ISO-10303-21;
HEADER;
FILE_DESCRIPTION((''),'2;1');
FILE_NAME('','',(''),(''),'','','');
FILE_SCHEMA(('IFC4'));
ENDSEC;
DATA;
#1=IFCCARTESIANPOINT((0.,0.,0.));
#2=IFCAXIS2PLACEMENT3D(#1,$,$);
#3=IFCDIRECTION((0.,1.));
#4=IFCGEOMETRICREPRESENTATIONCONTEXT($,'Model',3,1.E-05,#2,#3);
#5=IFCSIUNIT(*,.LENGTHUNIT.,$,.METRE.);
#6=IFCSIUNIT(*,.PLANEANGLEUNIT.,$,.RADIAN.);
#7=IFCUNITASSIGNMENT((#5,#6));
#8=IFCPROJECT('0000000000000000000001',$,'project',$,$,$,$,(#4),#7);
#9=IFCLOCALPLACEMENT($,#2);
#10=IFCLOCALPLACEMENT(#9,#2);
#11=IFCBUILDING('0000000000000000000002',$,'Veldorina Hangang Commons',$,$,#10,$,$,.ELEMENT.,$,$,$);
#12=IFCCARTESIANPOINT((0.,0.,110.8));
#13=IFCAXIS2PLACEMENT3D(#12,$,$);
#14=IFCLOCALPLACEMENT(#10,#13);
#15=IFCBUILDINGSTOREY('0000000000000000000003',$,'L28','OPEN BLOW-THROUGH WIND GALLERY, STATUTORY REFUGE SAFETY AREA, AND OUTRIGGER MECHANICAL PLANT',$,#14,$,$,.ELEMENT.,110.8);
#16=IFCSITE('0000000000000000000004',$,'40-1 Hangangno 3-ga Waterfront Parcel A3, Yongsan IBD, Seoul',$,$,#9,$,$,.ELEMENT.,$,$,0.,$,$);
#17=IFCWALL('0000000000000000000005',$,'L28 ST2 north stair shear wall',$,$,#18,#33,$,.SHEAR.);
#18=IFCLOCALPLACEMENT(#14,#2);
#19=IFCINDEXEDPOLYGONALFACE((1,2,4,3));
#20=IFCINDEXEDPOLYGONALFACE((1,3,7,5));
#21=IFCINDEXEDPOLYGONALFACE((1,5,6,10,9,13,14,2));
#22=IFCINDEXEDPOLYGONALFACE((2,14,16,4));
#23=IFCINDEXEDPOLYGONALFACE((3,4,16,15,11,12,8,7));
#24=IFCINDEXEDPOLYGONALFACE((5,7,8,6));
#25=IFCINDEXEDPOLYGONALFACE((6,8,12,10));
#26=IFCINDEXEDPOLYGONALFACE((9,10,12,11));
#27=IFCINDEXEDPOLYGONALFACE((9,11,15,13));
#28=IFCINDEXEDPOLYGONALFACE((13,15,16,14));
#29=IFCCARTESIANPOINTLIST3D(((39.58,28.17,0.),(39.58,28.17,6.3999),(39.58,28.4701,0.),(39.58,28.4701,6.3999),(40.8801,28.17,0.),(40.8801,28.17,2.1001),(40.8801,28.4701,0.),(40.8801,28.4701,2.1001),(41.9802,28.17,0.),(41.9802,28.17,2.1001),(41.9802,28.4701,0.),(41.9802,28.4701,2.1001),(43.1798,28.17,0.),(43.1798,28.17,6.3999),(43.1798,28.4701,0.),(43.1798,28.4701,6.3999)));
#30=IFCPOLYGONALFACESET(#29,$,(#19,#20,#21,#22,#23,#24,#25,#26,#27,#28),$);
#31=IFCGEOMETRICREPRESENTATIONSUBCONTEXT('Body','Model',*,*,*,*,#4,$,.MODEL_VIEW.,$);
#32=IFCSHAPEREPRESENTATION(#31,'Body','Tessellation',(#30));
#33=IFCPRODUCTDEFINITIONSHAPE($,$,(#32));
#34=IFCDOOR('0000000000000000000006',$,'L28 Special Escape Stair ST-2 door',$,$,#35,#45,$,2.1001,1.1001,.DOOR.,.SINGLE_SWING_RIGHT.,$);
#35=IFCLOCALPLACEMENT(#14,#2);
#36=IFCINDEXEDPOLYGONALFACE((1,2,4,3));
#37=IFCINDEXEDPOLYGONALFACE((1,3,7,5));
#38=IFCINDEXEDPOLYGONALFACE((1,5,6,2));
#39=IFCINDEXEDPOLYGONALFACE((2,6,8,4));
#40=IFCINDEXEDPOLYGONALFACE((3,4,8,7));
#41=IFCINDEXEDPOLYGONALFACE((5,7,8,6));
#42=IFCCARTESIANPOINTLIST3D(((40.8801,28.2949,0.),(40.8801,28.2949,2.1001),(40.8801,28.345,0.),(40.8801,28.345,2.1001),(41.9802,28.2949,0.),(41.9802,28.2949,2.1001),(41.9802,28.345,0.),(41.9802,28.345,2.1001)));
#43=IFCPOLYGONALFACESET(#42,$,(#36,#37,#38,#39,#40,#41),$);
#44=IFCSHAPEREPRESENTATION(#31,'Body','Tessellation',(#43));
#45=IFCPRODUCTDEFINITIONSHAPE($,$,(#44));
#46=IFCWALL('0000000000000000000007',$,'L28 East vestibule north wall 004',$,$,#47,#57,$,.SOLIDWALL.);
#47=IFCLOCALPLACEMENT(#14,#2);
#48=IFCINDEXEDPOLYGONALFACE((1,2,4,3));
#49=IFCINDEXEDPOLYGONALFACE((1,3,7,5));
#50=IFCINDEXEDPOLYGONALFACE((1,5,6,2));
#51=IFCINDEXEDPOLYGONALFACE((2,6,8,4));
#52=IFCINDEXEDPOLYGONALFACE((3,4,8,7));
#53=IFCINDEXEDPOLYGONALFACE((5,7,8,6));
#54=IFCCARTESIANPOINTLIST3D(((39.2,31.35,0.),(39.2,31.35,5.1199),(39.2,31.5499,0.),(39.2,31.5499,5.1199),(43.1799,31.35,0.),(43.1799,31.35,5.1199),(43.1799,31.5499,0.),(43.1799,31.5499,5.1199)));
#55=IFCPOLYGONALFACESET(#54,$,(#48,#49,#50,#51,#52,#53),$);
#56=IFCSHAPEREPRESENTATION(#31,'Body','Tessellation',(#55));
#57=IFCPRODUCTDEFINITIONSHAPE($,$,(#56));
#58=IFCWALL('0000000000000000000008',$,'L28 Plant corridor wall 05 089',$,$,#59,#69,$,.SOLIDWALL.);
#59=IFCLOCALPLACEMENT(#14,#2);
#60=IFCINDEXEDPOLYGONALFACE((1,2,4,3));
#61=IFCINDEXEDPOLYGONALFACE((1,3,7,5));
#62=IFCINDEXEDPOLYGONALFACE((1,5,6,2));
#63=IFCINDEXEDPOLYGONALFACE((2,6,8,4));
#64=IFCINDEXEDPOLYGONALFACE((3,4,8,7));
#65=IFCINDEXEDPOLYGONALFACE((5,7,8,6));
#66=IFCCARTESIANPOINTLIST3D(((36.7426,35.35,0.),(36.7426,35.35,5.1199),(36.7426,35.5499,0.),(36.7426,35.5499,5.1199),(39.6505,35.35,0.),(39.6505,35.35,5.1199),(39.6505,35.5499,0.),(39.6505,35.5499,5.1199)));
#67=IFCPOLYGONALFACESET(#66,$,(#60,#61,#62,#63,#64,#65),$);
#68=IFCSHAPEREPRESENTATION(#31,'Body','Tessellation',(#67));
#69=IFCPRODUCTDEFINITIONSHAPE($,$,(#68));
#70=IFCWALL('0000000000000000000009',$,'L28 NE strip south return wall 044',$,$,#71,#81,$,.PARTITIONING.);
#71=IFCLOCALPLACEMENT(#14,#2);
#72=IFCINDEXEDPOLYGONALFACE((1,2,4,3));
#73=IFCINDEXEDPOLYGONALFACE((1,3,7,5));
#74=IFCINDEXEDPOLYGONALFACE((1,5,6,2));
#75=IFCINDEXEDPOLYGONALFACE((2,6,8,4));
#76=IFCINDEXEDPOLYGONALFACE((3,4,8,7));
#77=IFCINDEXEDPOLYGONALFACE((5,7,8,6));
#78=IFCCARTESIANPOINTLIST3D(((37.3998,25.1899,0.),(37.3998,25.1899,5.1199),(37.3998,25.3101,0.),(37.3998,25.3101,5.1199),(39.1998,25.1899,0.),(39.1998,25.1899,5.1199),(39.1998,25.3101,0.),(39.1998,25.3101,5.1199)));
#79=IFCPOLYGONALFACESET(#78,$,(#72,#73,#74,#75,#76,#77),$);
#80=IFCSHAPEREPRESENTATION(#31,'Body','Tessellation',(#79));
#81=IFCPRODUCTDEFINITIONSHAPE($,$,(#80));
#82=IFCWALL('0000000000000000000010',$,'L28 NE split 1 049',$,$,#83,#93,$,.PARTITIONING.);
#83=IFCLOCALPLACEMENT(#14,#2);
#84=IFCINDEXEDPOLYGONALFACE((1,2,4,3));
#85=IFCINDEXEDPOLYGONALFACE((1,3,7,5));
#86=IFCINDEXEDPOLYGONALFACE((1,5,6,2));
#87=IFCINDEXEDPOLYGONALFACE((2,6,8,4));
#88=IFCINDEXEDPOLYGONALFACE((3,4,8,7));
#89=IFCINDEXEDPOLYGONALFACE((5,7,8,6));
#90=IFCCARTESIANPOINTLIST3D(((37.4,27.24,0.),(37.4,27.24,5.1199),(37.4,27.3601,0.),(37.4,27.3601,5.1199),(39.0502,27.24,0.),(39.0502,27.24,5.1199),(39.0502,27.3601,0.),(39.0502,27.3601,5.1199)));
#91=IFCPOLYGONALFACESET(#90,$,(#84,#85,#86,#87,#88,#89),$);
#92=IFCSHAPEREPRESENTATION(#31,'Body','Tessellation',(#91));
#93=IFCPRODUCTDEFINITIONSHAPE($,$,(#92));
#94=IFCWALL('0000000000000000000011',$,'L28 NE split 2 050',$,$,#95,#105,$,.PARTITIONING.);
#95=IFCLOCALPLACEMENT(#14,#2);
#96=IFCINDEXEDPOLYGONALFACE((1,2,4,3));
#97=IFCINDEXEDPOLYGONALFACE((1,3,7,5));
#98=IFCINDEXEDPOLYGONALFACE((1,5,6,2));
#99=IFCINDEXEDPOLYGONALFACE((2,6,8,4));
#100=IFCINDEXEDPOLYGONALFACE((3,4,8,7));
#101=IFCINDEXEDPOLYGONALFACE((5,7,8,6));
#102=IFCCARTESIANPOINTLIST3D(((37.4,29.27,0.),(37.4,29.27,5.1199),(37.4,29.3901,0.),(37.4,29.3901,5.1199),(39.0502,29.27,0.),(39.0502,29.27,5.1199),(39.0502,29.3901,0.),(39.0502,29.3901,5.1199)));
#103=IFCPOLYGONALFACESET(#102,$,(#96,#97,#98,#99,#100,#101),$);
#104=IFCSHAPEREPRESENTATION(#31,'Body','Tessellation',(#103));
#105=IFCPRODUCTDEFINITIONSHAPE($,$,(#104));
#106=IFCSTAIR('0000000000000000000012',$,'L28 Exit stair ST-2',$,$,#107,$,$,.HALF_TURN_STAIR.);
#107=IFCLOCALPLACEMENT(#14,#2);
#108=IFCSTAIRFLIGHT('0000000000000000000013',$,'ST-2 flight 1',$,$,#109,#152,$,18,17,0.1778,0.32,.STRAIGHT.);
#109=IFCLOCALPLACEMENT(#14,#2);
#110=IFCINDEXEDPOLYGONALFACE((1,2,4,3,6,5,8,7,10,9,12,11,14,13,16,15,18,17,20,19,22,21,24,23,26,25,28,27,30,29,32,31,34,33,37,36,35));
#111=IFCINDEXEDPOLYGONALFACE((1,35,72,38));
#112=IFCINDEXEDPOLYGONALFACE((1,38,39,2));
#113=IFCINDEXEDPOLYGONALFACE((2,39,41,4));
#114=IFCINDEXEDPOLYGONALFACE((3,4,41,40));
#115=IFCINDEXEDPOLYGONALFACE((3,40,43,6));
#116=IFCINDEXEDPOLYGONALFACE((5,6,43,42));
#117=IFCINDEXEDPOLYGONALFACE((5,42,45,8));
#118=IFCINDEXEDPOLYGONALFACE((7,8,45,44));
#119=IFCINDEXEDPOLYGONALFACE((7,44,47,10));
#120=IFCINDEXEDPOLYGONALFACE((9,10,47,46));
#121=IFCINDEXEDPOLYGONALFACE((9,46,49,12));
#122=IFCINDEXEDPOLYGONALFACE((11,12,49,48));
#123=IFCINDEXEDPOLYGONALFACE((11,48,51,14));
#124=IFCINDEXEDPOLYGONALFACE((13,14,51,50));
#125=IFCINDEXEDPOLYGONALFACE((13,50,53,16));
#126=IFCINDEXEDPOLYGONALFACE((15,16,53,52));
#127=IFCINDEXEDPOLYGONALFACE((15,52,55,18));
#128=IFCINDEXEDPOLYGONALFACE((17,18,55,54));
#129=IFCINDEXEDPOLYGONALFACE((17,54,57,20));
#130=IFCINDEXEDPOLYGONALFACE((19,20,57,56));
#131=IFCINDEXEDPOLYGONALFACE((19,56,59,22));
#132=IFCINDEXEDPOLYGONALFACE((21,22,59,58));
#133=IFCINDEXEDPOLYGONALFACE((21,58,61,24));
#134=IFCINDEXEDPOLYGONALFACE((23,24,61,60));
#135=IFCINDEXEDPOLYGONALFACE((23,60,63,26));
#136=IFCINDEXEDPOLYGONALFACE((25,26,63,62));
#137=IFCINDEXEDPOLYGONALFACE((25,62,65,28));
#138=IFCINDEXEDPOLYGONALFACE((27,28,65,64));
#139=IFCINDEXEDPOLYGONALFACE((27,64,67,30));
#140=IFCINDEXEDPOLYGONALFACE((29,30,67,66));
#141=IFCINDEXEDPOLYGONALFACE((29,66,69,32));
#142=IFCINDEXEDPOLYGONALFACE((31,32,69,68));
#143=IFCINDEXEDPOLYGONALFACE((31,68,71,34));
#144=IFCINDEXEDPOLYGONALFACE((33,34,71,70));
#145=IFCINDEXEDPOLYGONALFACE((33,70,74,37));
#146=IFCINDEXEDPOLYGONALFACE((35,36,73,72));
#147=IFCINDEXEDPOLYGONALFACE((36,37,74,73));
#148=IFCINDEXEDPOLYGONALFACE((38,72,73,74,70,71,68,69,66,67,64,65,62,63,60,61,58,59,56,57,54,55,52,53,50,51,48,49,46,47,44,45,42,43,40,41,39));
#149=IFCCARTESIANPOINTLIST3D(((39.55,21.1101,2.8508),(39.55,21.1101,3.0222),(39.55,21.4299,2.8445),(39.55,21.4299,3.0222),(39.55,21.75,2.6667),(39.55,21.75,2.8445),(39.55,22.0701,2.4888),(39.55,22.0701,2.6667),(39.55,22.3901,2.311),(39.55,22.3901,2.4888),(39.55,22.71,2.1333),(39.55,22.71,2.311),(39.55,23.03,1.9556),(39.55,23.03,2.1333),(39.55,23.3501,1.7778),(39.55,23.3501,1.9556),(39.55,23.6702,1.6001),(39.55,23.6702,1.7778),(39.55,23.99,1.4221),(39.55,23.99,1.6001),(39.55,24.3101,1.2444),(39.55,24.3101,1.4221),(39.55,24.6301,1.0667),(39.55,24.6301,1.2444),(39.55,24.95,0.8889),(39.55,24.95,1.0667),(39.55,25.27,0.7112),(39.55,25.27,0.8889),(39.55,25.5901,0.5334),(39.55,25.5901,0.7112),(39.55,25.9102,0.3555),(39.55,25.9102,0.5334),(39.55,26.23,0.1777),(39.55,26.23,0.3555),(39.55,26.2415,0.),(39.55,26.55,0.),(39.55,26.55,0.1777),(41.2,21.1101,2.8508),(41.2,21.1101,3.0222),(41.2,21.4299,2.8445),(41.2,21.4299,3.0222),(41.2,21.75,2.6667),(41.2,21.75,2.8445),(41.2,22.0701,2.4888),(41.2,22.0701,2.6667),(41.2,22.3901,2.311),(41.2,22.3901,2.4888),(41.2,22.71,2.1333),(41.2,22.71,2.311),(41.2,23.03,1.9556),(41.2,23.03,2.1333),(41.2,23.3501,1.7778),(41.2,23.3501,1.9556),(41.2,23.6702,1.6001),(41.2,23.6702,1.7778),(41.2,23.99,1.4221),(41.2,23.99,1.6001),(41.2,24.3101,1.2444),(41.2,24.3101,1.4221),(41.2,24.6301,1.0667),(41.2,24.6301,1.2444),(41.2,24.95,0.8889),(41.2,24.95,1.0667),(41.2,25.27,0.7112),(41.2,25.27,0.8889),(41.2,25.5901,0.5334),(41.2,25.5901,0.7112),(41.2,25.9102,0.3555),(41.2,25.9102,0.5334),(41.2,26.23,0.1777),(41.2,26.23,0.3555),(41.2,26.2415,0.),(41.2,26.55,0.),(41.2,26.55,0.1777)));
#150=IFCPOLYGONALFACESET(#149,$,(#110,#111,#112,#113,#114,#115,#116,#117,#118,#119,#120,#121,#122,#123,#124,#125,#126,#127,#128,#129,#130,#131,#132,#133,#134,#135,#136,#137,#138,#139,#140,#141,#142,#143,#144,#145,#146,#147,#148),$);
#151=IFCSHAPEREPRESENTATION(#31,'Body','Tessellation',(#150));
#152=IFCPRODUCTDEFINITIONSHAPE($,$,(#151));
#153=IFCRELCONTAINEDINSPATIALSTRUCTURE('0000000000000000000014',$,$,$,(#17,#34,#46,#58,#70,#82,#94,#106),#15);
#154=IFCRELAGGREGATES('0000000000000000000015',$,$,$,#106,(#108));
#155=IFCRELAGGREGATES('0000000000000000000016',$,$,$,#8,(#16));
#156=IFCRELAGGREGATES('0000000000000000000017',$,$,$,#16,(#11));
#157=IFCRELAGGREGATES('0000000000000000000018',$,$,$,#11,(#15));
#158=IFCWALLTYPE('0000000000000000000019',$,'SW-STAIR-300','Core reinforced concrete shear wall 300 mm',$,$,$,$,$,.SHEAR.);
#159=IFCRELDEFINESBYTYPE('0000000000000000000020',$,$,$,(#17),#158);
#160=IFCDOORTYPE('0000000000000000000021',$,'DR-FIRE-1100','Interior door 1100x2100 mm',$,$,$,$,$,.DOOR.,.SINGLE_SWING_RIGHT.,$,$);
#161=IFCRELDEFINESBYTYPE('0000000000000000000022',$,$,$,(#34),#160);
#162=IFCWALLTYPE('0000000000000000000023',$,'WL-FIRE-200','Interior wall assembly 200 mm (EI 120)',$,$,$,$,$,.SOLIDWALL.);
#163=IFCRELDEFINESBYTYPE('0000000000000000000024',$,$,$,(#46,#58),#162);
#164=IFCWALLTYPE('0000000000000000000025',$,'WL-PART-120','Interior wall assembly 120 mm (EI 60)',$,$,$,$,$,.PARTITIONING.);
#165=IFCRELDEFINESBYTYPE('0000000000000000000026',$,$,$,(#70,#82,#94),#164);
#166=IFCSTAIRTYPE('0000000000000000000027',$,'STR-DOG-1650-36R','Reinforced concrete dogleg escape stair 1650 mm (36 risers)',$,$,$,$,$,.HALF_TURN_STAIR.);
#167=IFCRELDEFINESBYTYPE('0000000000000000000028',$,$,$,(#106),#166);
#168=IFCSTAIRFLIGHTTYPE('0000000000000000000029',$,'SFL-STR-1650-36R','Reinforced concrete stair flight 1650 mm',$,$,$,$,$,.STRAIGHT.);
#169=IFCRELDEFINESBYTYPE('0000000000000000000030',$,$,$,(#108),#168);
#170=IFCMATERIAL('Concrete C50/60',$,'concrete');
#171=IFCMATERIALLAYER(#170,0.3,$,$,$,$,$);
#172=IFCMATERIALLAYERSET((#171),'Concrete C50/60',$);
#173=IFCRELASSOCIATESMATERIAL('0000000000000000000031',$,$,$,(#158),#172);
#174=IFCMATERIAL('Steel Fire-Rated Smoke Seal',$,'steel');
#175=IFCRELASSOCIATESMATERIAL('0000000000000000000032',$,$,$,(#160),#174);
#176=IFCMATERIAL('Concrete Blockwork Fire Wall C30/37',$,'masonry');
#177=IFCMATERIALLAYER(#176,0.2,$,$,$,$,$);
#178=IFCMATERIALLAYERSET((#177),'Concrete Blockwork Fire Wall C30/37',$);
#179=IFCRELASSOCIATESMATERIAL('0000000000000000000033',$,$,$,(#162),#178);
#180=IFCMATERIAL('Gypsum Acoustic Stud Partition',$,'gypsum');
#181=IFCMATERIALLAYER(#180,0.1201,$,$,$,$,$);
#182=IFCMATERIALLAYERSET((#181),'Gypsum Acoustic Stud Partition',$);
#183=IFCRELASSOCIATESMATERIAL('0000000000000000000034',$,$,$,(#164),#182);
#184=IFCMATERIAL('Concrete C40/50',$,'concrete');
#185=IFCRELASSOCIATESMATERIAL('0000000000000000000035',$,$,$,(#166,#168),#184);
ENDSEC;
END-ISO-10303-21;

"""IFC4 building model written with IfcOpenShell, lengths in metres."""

from ifc_helpers import new_model, si_unit, direction, frame, frame_2d, origin, place, context, subcontext, project, spatial, polyline, rectangle, outline, extrude, material, layer, layer_set, type_object, element, fill, aggregate, save


model = new_model("IFC4")

# Units and contexts
model_context = context("Model", 3, precision=1e-05, world=origin(), true_north=direction((0.0, 1.0)))
body_context = subcontext(model_context, "Body", "Model", "MODEL_VIEW")
ifc_project = project(units=[si_unit("LENGTHUNIT", "METRE"), si_unit("PLANEANGLEUNIT", "RADIAN")], contexts=[model_context])

# Site, building, storey
site_placement = place(None, origin())
site = spatial("IfcSite", under=ifc_project, at=site_placement, Name="40-1 Hangangno 3-ga Waterfront Parcel A3, Yongsan IBD, Seoul", CompositionType="ELEMENT", RefElevation=0.0)
building_placement = place(site_placement, origin())
building = spatial("IfcBuilding", under=site, at=building_placement, Name="Veldorina Hangang Commons", CompositionType="ELEMENT")
storey_placement = place(building_placement, frame((0.0, 0.0, 110.8)))
storey = spatial("IfcBuildingStorey", under=building, at=storey_placement, Name="L28", Description="OPEN BLOW-THROUGH WIND GALLERY, STATUTORY REFUGE SAFETY AREA, AND OUTRIGGER MECHANICAL PLANT", CompositionType="ELEMENT", Elevation=110.8)

# Wall, opening, door
ifc_material_1 = material(Name="Concrete C50/60", Category="concrete")
ifc_layer_1 = layer(ifc_material_1, 0.3)
ifc_layer_set_1 = layer_set([ifc_layer_1], Name="Concrete C50/60")
wall_type_1 = type_object("IfcWallType", Name="SW-STAIR-300", Description="Core reinforced concrete shear wall 300 mm", PredefinedType="SHEAR", material=ifc_layer_set_1)
wall_1_placement = place(storey_placement, frame((39.5801, 28.3201, 0.0), z_axis=(0.0, 0.0, 1.0), x_axis=(1.0, 0.0, 0.0)))
wall_1 = element("IfcWall", 1, at=wall_1_placement, inside=storey, type_object=wall_type_1, Name="L28 ST2 north stair shear wall", PredefinedType="SHEAR", context=body_context, shape_type="SweptSolid", body=[
    extrude(rectangle(XDim=3.5999, YDim=0.3, at=frame_2d((1.7998, 0.0))), origin(), (0.0, 0.0, 1.0), 6.3999),
])
opening_placement = place(wall_1_placement, frame((1.3, 0.0, 0.0)))
opening = element("IfcOpeningElement", 2, at=opening_placement, cuts=wall_1, PredefinedType="OPENING", context=body_context, shape_type="SweptSolid", body=[
    extrude(rectangle(XDim=1.1001, YDim=2.1001, at=frame_2d((0.55, 1.05))), frame((0.0, 0.1602, 0.0), z_axis=(0.0, -1.0, 0.0), x_axis=(1.0, 0.0, 0.0)), (0.0, 0.0, 1.0), 0.3201),
])
ifc_material_2 = material(Name="Steel Fire-Rated Smoke Seal", Category="steel")
door_type = type_object("IfcDoorType", Name="DR-FIRE-1100", Description="Interior door 1100x2100 mm", OperationType="SINGLE_SWING_RIGHT", PredefinedType="DOOR", material=ifc_material_2)
door_placement = place(opening_placement, origin())
door = element("IfcDoor", 3, at=door_placement, inside=storey, type_object=door_type, Name="L28 Special Escape Stair ST-2 door", OperationType="SINGLE_SWING_RIGHT", OverallHeight=2.1001, OverallWidth=1.1001, PredefinedType="DOOR", context=body_context, shape_type="SweptSolid", body=[
    extrude(rectangle(XDim=1.1001, YDim=2.1001, at=frame_2d((0.55, 1.05))), frame((0.0, 0.0249, 0.0), z_axis=(0.0, -1.0, 0.0), x_axis=(1.0, 0.0, 0.0)), (0.0, 0.0, 1.0), 0.05),
])
fill(opening, door)

# Walls
ifc_material_3 = material(Name="Concrete Blockwork Fire Wall C30/37", Category="masonry")
ifc_layer_2 = layer(ifc_material_3, 0.2)
ifc_layer_set_2 = layer_set([ifc_layer_2], Name="Concrete Blockwork Fire Wall C30/37")
wall_type_2 = type_object("IfcWallType", Name="WL-FIRE-200", Description="Interior wall assembly 200 mm (EI 120)", PredefinedType="SOLIDWALL", material=ifc_layer_set_2)
wall_2_placement = place(storey_placement, frame((39.2, 31.45, 0.0), z_axis=(0.0, 0.0, 1.0), x_axis=(1.0, 0.0, 0.0)))
element("IfcWall", 4, at=wall_2_placement, inside=storey, type_object=wall_type_2, Name="L28 East vestibule north wall 004", PredefinedType="SOLIDWALL", context=body_context, shape_type="SweptSolid", body=[
    extrude(rectangle(XDim=3.98, YDim=0.2, at=frame_2d((1.99, 0.0))), origin(), (0.0, 0.0, 1.0), 5.1199),
])
wall_3_placement = place(storey_placement, frame((39.6506, 35.45, 0.0), z_axis=(0.0, 0.0, 1.0), x_axis=(-1.0, 0.0, 0.0)))
element("IfcWall", 5, at=wall_3_placement, inside=storey, type_object=wall_type_2, Name="L28 Plant corridor wall 05 089", PredefinedType="SOLIDWALL", context=body_context, shape_type="SweptSolid", body=[
    extrude(rectangle(XDim=2.908, YDim=0.2, at=frame_2d((1.4541, 0.0))), origin(), (0.0, 0.0, 1.0), 5.1199),
])
ifc_material_4 = material(Name="Gypsum Acoustic Stud Partition", Category="gypsum")
ifc_layer_3 = layer(ifc_material_4, 0.1201)
ifc_layer_set_3 = layer_set([ifc_layer_3], Name="Gypsum Acoustic Stud Partition")
wall_type_3 = type_object("IfcWallType", Name="WL-PART-120", Description="Interior wall assembly 120 mm (EI 60)", PredefinedType="PARTITIONING", material=ifc_layer_set_3)
wall_4_placement = place(storey_placement, frame((37.3999, 25.25, 0.0), z_axis=(0.0, 0.0, 1.0), x_axis=(1.0, 0.0, 0.0)))
element("IfcWall", 6, at=wall_4_placement, inside=storey, type_object=wall_type_3, Name="L28 NE strip south return wall 044", PredefinedType="PARTITIONING", context=body_context, shape_type="SweptSolid", body=[
    extrude(rectangle(XDim=1.8, YDim=0.1201, at=frame_2d((0.8999, 0.0))), origin(), (0.0, 0.0, 1.0), 5.1199),
])
for number, where, z_axis, x_axis, name in (
    (7, (37.3999, 27.3, 0.0), (0.0, 0.0, 1.0), (1.0, 0.0, 0.0), "L28 NE split 1 049"),
    (8, (37.3999, 29.3301, 0.0), (0.0, 0.0, 1.0), (1.0, 0.0, 0.0), "L28 NE split 2 050"),
):
    element("IfcWall", number, at=place(storey_placement, frame(where, z_axis=z_axis, x_axis=x_axis)), inside=storey, type_object=wall_type_3, Name=name, PredefinedType="PARTITIONING", context=body_context, shape_type="SweptSolid", body=[
        extrude(rectangle(XDim=1.6501, YDim=0.1201, at=frame_2d((0.8252, 0.0))), origin(), (0.0, 0.0, 1.0), 5.1199),
    ])

# Stair, stair flight
ifc_material_5 = material(Name="Concrete C40/50", Category="concrete")
stair_type = type_object("IfcStairType", Name="STR-DOG-1650-36R", Description="Reinforced concrete dogleg escape stair 1650 mm (36 risers)", PredefinedType="HALF_TURN_STAIR", material=ifc_material_5)
stair_placement = place(storey_placement, origin())
stair = element("IfcStair", 9, at=stair_placement, inside=storey, type_object=stair_type, Name="L28 Exit stair ST-2", PredefinedType="HALF_TURN_STAIR")
stair_flight_type = type_object("IfcStairFlightType", Name="SFL-STR-1650-36R", Description="Reinforced concrete stair flight 1650 mm", PredefinedType="STRAIGHT", material=ifc_material_5)
stair_flight_placement = place(storey_placement, frame((40.375, 26.55, 0.0), z_axis=(0.0, 0.0, 1.0), x_axis=(0.0, -1.0, 0.0)))
stair_flight = element("IfcStairFlight", 10, at=stair_flight_placement, type_object=stair_flight_type, Name="ST-2 flight 1", NumberOfRisers=18, NumberOfTreads=17, PredefinedType="STRAIGHT", RiserHeight=0.1778, TreadLength=0.32, context=body_context, shape_type="SweptSolid", body=[
    extrude(outline(polyline([(0.0, 0.0), (0.0, 0.1777), (0.3201, 0.1777), (0.3201, 0.3555), (0.6399, 0.3555), (0.6399, 0.5334), (0.96, 0.5334), (0.96, 0.7112), (1.28, 0.7112), (1.28, 0.8889), (1.6001, 0.8889), (1.6001, 1.0667), (1.9199, 1.0667), (1.9199, 1.2444), (2.24, 1.2444), (2.24, 1.4221), (2.5601, 1.4221), (2.5601, 1.6001), (2.8799, 1.6001), (2.8799, 1.7778), (3.2, 1.7778), (3.2, 1.9556), (3.52, 1.9556), (3.52, 2.1333), (3.8401, 2.1333), (3.8401, 2.311), (4.1599, 2.311), (4.1599, 2.4888), (4.48, 2.4888), (4.48, 2.6667), (4.8, 2.6667), (4.8, 2.8445), (5.1201, 2.8445), (5.1201, 3.0222), (5.4399, 3.0222), (5.4399, 3.2), (5.4399, 2.8508), (0.3086, 0.0), (0.0, 0.0)])), frame((0.0, 0.825, 0.0), z_axis=(0.0, -1.0, 0.0), x_axis=(1.0, 0.0, 0.0)), (0.0, 0.0, 1.0), 1.6499),
])
aggregate(stair, [stair_flight])

save(model, "model.ifc")
